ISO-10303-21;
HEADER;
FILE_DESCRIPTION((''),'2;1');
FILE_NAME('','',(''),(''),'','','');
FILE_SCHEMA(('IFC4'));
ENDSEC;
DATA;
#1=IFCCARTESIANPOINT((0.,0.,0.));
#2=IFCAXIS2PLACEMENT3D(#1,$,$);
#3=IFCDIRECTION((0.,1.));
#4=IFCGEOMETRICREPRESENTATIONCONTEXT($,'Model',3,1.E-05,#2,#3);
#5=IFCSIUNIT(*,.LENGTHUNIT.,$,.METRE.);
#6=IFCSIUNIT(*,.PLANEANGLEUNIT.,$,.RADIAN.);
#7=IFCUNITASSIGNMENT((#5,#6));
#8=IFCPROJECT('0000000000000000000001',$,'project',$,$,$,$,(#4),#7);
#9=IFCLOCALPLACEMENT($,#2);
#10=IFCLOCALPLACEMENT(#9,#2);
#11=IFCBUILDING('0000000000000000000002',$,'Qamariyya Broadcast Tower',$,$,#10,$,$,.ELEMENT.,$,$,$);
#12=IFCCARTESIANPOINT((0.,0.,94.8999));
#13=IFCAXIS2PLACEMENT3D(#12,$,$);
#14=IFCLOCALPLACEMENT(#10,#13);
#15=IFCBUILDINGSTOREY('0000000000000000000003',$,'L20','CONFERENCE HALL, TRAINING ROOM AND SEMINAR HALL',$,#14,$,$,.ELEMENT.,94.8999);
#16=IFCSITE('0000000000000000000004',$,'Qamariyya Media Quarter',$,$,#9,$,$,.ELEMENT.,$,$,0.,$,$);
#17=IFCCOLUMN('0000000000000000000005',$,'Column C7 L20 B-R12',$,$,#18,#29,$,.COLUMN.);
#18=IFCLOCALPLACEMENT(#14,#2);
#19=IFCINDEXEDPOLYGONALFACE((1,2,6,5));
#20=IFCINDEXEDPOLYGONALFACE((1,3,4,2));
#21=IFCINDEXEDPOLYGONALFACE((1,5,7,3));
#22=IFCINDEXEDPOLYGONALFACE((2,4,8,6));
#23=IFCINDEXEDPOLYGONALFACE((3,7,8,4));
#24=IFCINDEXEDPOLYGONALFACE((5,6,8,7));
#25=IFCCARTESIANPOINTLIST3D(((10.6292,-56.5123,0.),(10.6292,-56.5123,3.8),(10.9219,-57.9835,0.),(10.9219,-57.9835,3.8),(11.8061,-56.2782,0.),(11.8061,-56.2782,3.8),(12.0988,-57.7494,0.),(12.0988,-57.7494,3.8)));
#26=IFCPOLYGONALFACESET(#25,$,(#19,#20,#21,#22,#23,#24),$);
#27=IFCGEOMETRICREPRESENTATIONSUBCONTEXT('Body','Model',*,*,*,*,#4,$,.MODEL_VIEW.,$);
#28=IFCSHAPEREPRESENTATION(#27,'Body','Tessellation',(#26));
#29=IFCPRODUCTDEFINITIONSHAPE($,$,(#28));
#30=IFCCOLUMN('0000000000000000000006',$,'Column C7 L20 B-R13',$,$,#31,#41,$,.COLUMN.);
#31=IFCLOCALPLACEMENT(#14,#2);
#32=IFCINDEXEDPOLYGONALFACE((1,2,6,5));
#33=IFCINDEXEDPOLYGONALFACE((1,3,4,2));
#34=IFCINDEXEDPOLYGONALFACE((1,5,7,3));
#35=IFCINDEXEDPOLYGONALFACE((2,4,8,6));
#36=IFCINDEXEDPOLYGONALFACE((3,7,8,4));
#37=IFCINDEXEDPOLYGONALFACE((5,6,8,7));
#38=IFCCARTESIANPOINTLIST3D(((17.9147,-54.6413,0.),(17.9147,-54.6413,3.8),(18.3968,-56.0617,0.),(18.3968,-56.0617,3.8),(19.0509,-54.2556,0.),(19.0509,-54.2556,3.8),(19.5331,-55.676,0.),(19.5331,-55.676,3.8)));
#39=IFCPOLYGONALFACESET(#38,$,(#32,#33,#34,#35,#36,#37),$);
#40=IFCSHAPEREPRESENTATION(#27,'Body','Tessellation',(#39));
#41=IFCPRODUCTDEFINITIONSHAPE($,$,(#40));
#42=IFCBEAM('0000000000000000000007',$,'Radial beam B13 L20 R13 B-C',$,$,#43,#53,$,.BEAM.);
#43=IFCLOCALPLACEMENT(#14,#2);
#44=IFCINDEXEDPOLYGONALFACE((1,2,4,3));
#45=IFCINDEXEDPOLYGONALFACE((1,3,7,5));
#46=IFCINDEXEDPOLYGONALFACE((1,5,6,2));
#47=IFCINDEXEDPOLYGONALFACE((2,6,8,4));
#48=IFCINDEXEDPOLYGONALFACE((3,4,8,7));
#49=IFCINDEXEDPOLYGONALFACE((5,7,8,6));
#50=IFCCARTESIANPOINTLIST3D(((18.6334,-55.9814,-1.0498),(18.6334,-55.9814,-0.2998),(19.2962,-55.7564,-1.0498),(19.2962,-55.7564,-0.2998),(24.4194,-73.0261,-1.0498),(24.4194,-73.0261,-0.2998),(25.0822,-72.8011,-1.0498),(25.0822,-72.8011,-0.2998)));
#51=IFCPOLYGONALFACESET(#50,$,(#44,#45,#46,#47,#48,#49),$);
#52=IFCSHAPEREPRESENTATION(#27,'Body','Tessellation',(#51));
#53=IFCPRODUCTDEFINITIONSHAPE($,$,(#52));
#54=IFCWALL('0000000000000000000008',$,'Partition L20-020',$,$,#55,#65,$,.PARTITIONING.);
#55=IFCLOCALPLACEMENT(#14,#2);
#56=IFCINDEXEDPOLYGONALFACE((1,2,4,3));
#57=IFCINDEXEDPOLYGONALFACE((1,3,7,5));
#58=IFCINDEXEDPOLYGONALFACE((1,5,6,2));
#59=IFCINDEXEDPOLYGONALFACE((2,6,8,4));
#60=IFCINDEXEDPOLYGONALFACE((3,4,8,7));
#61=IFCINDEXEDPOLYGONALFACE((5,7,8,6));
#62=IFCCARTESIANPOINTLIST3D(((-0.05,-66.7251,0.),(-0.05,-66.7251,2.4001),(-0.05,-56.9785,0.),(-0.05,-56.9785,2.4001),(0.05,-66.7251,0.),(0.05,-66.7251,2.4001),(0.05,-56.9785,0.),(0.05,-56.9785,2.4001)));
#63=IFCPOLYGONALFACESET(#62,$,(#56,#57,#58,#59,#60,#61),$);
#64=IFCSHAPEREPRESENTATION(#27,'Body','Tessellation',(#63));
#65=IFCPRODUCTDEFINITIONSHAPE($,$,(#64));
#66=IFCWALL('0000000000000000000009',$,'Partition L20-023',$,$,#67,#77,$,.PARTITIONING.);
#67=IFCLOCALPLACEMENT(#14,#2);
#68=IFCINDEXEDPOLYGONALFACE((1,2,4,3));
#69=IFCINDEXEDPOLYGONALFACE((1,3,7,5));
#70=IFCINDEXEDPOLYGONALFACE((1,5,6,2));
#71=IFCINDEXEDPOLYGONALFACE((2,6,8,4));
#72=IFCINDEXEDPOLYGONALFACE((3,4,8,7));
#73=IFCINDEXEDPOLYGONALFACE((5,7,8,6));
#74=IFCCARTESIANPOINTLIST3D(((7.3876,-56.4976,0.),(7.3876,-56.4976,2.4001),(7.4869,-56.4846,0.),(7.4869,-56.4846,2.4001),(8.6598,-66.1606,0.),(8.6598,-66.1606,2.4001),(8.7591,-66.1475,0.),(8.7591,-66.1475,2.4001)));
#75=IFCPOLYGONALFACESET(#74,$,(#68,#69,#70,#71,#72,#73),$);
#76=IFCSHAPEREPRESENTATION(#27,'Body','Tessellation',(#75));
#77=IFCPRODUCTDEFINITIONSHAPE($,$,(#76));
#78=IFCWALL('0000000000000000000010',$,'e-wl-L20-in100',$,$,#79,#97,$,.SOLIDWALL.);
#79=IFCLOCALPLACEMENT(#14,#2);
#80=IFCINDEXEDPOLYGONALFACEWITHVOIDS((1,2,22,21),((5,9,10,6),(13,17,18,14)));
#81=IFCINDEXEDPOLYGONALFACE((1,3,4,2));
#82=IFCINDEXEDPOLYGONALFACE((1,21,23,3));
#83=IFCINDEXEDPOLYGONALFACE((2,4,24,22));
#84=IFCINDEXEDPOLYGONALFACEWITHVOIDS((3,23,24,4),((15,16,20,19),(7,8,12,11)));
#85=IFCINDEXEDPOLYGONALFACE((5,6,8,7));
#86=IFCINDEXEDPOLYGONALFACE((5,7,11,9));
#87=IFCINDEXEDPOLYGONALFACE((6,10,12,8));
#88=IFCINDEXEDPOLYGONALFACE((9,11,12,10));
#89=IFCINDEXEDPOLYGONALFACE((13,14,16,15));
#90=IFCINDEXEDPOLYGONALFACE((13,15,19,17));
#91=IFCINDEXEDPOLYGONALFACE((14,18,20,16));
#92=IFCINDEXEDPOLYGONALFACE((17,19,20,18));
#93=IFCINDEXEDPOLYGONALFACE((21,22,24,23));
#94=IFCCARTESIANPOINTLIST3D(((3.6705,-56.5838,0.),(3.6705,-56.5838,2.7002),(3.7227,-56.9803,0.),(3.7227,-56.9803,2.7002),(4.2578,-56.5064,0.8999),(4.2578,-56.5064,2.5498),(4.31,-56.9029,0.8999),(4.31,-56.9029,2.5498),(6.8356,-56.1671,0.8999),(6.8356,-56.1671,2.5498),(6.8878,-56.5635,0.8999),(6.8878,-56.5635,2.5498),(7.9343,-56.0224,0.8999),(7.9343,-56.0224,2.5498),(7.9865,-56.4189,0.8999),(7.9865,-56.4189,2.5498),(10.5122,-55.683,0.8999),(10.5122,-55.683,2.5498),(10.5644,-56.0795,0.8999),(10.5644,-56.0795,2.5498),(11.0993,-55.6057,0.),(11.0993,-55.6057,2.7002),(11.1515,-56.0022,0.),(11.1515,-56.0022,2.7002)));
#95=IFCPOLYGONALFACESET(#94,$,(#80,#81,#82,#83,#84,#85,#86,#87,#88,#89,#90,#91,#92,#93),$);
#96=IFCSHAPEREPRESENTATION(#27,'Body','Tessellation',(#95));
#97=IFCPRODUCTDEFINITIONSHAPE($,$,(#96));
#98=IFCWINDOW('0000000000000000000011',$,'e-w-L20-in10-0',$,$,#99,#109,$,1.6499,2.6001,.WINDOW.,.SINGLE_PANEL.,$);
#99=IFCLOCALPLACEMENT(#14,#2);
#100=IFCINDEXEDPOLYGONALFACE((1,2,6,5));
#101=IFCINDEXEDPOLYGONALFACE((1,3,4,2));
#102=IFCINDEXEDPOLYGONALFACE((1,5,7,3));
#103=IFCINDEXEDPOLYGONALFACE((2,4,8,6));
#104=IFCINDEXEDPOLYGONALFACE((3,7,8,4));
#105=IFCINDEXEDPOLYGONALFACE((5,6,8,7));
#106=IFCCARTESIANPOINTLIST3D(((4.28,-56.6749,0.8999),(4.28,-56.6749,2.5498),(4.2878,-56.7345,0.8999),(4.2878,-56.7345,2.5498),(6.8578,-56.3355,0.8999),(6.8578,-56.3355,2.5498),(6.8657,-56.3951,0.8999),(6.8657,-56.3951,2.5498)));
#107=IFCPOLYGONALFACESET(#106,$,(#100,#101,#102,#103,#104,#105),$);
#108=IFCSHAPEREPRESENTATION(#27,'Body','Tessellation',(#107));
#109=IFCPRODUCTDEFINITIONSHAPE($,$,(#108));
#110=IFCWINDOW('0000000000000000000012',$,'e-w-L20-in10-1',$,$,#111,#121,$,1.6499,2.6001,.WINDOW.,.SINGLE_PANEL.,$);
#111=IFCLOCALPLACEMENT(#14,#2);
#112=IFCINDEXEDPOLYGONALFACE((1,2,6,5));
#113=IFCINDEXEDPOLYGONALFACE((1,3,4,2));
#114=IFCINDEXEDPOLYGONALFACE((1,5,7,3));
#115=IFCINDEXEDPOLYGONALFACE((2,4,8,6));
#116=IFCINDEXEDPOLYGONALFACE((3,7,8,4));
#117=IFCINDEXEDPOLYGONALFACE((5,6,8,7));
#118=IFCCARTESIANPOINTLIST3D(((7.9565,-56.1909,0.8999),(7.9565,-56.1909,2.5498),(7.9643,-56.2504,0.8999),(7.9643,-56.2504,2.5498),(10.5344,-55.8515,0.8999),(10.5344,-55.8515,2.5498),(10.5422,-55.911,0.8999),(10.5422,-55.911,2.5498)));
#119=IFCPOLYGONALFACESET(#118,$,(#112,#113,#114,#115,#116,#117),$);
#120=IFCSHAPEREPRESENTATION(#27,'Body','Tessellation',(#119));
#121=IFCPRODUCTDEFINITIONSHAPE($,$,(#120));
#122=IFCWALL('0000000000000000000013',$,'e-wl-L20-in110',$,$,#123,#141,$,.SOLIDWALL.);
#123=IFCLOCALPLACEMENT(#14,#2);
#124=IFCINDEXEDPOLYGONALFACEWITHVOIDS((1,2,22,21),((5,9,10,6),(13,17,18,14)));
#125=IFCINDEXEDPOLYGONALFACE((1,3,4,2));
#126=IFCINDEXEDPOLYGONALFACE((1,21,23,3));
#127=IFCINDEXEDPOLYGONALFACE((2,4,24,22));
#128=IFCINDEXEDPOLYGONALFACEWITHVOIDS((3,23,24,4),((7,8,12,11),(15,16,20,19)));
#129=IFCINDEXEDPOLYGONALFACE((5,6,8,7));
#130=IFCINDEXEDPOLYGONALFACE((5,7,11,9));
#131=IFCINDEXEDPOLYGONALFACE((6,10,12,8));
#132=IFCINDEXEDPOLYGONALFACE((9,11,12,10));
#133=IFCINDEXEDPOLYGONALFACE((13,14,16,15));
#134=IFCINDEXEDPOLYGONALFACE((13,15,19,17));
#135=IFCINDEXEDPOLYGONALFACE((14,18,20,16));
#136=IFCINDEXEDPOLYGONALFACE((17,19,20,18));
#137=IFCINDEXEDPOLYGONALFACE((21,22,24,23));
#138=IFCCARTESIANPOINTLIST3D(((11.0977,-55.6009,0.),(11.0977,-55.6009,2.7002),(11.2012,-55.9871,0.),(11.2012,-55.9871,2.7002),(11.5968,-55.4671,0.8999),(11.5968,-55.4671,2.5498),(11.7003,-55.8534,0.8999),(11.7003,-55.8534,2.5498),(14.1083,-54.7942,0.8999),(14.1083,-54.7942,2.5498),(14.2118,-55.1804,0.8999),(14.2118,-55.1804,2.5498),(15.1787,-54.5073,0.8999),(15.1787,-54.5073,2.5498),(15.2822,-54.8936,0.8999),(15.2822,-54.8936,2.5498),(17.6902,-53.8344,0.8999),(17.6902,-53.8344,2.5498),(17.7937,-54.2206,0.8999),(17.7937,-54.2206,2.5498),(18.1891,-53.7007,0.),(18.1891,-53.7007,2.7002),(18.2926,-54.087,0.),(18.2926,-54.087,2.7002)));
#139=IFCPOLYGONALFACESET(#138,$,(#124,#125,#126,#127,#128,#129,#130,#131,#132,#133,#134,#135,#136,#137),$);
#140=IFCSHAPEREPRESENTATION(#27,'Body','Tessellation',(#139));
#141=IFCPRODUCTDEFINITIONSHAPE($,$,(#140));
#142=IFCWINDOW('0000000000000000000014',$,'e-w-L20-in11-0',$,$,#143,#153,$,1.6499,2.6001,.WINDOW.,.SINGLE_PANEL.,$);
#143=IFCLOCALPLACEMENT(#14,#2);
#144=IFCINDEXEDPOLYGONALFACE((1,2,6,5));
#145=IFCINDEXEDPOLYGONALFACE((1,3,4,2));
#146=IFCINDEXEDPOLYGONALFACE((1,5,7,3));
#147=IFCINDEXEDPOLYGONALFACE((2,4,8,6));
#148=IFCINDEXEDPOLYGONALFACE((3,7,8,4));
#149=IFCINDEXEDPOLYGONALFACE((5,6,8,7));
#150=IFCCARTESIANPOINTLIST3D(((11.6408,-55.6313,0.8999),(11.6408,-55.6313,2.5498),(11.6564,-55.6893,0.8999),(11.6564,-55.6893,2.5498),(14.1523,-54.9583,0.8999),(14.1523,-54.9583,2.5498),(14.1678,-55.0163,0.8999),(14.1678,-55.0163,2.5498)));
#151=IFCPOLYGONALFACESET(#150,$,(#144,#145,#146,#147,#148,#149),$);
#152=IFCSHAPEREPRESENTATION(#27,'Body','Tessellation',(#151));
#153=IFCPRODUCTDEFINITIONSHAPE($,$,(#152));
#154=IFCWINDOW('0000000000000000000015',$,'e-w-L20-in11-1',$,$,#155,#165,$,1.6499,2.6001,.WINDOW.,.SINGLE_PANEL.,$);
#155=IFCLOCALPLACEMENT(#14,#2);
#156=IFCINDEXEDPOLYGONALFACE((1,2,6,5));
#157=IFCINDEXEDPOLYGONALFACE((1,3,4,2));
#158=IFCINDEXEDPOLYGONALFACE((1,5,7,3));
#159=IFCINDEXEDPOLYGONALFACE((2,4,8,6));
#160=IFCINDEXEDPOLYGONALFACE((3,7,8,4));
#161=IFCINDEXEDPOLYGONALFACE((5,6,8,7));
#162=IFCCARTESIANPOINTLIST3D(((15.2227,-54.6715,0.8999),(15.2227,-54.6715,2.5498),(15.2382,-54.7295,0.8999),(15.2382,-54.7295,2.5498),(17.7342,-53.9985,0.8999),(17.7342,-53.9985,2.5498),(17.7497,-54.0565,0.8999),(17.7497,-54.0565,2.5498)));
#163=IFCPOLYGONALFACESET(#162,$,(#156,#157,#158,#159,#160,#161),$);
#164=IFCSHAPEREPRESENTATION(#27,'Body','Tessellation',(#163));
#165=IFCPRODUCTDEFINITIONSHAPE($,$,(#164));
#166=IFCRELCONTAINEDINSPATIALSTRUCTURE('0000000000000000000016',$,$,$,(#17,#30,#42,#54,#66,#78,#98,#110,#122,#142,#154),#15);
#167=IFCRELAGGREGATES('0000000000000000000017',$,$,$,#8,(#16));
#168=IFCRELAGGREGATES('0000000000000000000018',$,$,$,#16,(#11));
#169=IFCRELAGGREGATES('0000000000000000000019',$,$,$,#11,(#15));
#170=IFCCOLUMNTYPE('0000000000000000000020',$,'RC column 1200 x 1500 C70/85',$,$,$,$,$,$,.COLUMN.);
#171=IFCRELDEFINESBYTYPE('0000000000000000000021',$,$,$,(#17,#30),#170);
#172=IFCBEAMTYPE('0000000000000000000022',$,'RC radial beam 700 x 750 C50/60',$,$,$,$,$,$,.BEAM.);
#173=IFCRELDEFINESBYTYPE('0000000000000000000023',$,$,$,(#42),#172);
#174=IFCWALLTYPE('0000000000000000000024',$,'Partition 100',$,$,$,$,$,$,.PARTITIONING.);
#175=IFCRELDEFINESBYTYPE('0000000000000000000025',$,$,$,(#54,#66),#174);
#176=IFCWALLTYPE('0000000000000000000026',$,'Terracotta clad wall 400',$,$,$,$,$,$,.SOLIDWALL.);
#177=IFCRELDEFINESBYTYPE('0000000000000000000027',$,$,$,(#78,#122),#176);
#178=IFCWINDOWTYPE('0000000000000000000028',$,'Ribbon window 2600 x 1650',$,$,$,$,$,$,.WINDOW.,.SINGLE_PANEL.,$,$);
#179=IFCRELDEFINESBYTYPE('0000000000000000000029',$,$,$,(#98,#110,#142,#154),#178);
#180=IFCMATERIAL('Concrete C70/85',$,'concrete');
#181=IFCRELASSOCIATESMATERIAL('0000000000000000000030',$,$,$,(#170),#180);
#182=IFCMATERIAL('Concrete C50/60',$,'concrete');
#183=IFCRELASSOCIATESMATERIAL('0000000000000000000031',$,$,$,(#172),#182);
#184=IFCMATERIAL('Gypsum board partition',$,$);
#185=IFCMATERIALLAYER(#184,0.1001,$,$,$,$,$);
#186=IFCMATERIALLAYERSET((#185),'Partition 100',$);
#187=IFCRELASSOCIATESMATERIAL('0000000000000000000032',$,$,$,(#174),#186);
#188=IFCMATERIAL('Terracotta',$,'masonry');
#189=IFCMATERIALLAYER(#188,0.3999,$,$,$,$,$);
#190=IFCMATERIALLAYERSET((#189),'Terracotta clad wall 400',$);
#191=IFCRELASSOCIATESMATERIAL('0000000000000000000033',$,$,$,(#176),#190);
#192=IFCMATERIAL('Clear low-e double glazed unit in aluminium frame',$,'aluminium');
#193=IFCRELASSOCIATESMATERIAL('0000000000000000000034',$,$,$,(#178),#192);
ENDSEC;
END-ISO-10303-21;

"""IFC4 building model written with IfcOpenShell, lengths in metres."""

from ifc_helpers import new_model, si_unit, direction, frame, frame_2d, origin, origin_2d, place, context, subcontext, project, spatial, rectangle, extrude, material, layer, layer_set, material_profile, profile_set, type_object, element, fill, save


model = new_model("IFC4")

# Units and contexts
model_context = context("Model", 3, precision=1e-05, world=origin(), true_north=direction((0.0, 1.0)))
body_context = subcontext(model_context, "Body", "Model", "MODEL_VIEW")
ifc_project = project(units=[si_unit("LENGTHUNIT", "METRE"), si_unit("PLANEANGLEUNIT", "RADIAN")], contexts=[model_context])

# Site, building, storey
site_placement = place(None, origin())
site = spatial("IfcSite", under=ifc_project, at=site_placement, Name="Qamariyya Media Quarter", CompositionType="ELEMENT", RefElevation=0.0)
building_placement = place(site_placement, origin())
building = spatial("IfcBuilding", under=site, at=building_placement, Name="Qamariyya Broadcast Tower", CompositionType="ELEMENT")
storey_placement = place(building_placement, frame((0.0, 0.0, 94.8999)))
storey = spatial("IfcBuildingStorey", under=building, at=storey_placement, Name="L20", Description="CONFERENCE HALL, TRAINING ROOM AND SEMINAR HALL", CompositionType="ELEMENT", Elevation=94.8999)

# Columns
ifc_material_1 = material(Name="Concrete C70/85", Category="concrete")
ifc_material_profile_1 = material_profile(ifc_material_1, rectangle(XDim=1.2, YDim=1.5, at=origin_2d()))
ifc_profile_set_1 = profile_set([ifc_material_profile_1], Name="Concrete C70/85")
column_type = type_object("IfcColumnType", Name="RC column 1200 x 1500 C70/85", PredefinedType="COLUMN", material=ifc_profile_set_1)
for number, where, z_axis, x_axis, name in (
    (1, (11.364, -57.1309, 0.0), (0.0, 0.0, 1.0), (0.980785, 0.19509, 0.0), "Column C7 L20 B-R12"),
    (2, (18.7239, -55.1587, 0.0), (0.0, 0.0, 1.0), (0.94693, 0.321439, 0.0), "Column C7 L20 B-R13"),
):
    element("IfcColumn", number, at=place(storey_placement, frame(where, z_axis=z_axis, x_axis=x_axis)), inside=storey, type_object=column_type, Name=name, PredefinedType="COLUMN", context=body_context, shape_type="SweptSolid", body=[
        extrude(rectangle(XDim=1.2, YDim=1.5, at=origin_2d()), origin(), (0.0, 0.0, 1.0), 3.8),
    ])

# Beam
ifc_material_2 = material(Name="Concrete C50/60", Category="concrete")
ifc_material_profile_2 = material_profile(ifc_material_2, rectangle(XDim=0.7, YDim=0.75, at=origin_2d()))
ifc_profile_set_2 = profile_set([ifc_material_profile_2], Name="Concrete C50/60")
beam_type = type_object("IfcBeamType", Name="RC radial beam 700 x 750 C50/60", PredefinedType="BEAM", material=ifc_profile_set_2)
beam_placement = place(storey_placement, frame((18.9648, -55.8689, -0.6748), z_axis=(0.321439, -0.94693, 0.0), x_axis=(0.94693, 0.321439, 0.0)))
element("IfcBeam", 3, at=beam_placement, inside=storey, type_object=beam_type, Name="Radial beam B13 L20 R13 B-C", PredefinedType="BEAM", context=body_context, shape_type="SweptSolid", body=[
    extrude(rectangle(XDim=0.7, YDim=0.75, at=origin_2d()), origin(), (0.0, 0.0, 1.0), 18.0),
])

# Walls
ifc_material_3 = material(Name="Gypsum board partition")
ifc_layer_1 = layer(ifc_material_3, 0.1001)
ifc_layer_set_1 = layer_set([ifc_layer_1], Name="Partition 100")
wall_type_1 = type_object("IfcWallType", Name="Partition 100", PredefinedType="PARTITIONING", material=ifc_layer_set_1)
wall_1_placement = place(storey_placement, frame((0.0, -56.9785, 0.0), z_axis=(0.0, 0.0, 1.0), x_axis=(0.0, -1.0, 0.0)))
element("IfcWall", 4, at=wall_1_placement, inside=storey, type_object=wall_type_1, Name="Partition L20-020", PredefinedType="PARTITIONING", context=body_context, shape_type="SweptSolid", body=[
    extrude(rectangle(XDim=9.7466, YDim=0.1001, at=frame_2d((4.8733, 0.0))), origin(), (0.0, 0.0, 1.0), 2.4001),
])
wall_2_placement = place(storey_placement, frame((7.4373, -56.4912, 0.0), z_axis=(0.0, 0.0, 1.0), x_axis=(0.130534, -0.991444, 0.0)))
element("IfcWall", 5, at=wall_2_placement, inside=storey, type_object=wall_type_1, Name="Partition L20-023", PredefinedType="PARTITIONING", context=body_context, shape_type="SweptSolid", body=[
    extrude(rectangle(XDim=9.7463, YDim=0.1001, at=frame_2d((4.873, 0.0))), origin(), (0.0, 0.0, 1.0), 2.4001),
])

# Walls, openings, windows
ifc_material_4 = material(Name="Terracotta", Category="masonry")
ifc_layer_2 = layer(ifc_material_4, 0.3999)
ifc_layer_set_2 = layer_set([ifc_layer_2], Name="Terracotta clad wall 400")
wall_type_2 = type_object("IfcWallType", Name="Terracotta clad wall 400", PredefinedType="SOLIDWALL", material=ifc_layer_set_2)
wall_3_placement = place(storey_placement, frame((11.1255, -55.804, 0.0), z_axis=(0.0, 0.0, 1.0), x_axis=(-0.991445, -0.130529, 0.0)))
wall_3 = element("IfcWall", 6, at=wall_3_placement, inside=storey, type_object=wall_type_2, Name="e-wl-L20-in100", PredefinedType="SOLIDWALL", context=body_context, shape_type="SweptSolid", body=[
    extrude(rectangle(XDim=7.4929, YDim=0.3999, at=frame_2d((3.7466, 0.0))), origin(), (0.0, 0.0, 1.0), 2.7002),
])
opening_1_placement = place(wall_3_placement, frame((4.3005, 0.0, 0.8999)))
opening_1 = element("IfcOpeningElement", 7, at=opening_1_placement, cuts=wall_3, PredefinedType="OPENING", context=body_context, shape_type="SweptSolid", body=[
    extrude(rectangle(XDim=2.6001, YDim=1.6499, at=frame_2d((1.3, 0.825))), frame((0.0, 0.21, 0.0), z_axis=(0.0, -1.0, 0.0), x_axis=(1.0, 0.0, 0.0)), (0.0, 0.0, 1.0), 0.4199),
])
opening_2_placement = place(wall_3_placement, frame((0.5923, 0.0, 0.8999)))
opening_2 = element("IfcOpeningElement", 8, at=opening_2_placement, cuts=wall_3, PredefinedType="OPENING", context=body_context, shape_type="SweptSolid", body=[
    extrude(rectangle(XDim=2.6001, YDim=1.6499, at=frame_2d((1.3, 0.825))), frame((0.0, 0.21, 0.0), z_axis=(0.0, -1.0, 0.0), x_axis=(1.0, 0.0, 0.0)), (0.0, 0.0, 1.0), 0.4199),
])
ifc_material_5 = material(Name="Clear low-e double glazed unit in aluminium frame", Category="aluminium")
window_type = type_object("IfcWindowType", Name="Ribbon window 2600 x 1650", PartitioningType="SINGLE_PANEL", PredefinedType="WINDOW", material=ifc_material_5)
window_1_placement = place(opening_1_placement, origin())
window_1 = element("IfcWindow", 9, at=window_1_placement, inside=storey, type_object=window_type, Name="e-w-L20-in10-0", OverallHeight=1.6499, OverallWidth=2.6001, PartitioningType="SINGLE_PANEL", PredefinedType="WINDOW", context=body_context, shape_type="SweptSolid", body=[
    extrude(rectangle(XDim=2.6001, YDim=1.6499, at=frame_2d((1.3, 0.825))), frame((0.0, 0.03, 0.0), z_axis=(0.0, -1.0, 0.0), x_axis=(1.0, 0.0, 0.0)), (0.0, 0.0, 1.0), 0.0601),
])
fill(opening_1, window_1)
window_2_placement = place(opening_2_placement, origin())
window_2 = element("IfcWindow", 10, at=window_2_placement, inside=storey, type_object=window_type, Name="e-w-L20-in10-1", OverallHeight=1.6499, OverallWidth=2.6001, PartitioningType="SINGLE_PANEL", PredefinedType="WINDOW", context=body_context, shape_type="SweptSolid", body=[
    extrude(rectangle(XDim=2.6001, YDim=1.6499, at=frame_2d((1.3, 0.825))), frame((0.0, 0.03, 0.0), z_axis=(0.0, -1.0, 0.0), x_axis=(1.0, 0.0, 0.0)), (0.0, 0.0, 1.0), 0.0601),
])
fill(opening_2, window_2)
wall_4_placement = place(storey_placement, frame((18.241, -53.8938, 0.0), z_axis=(0.0, 0.0, 1.0), x_axis=(-0.965925, -0.258824, 0.0)))
wall_4 = element("IfcWall", 11, at=wall_4_placement, inside=storey, type_object=wall_type_2, Name="e-wl-L20-in110", PredefinedType="SOLIDWALL", context=body_context, shape_type="SweptSolid", body=[
    extrude(rectangle(XDim=7.3416, YDim=0.3999, at=frame_2d((3.6709, 0.0))), origin(), (0.0, 0.0, 1.0), 2.7002),
])
opening_3_placement = place(wall_4_placement, frame((4.2249, 0.0, 0.8999)))
opening_3 = element("IfcOpeningElement", 12, at=opening_3_placement, cuts=wall_4, PredefinedType="OPENING", context=body_context, shape_type="SweptSolid", body=[
    extrude(rectangle(XDim=2.6001, YDim=1.6499, at=frame_2d((1.3, 0.825))), frame((0.0, 0.21, 0.0), z_axis=(0.0, -1.0, 0.0), x_axis=(1.0, 0.0, 0.0)), (0.0, 0.0, 1.0), 0.4199),
])
opening_4_placement = place(wall_4_placement, frame((0.5166, 0.0, 0.8999)))
opening_4 = element("IfcOpeningElement", 13, at=opening_4_placement, cuts=wall_4, PredefinedType="OPENING", context=body_context, shape_type="SweptSolid", body=[
    extrude(rectangle(XDim=2.6001, YDim=1.6499, at=frame_2d((1.3, 0.825))), frame((0.0, 0.21, 0.0), z_axis=(0.0, -1.0, 0.0), x_axis=(1.0, 0.0, 0.0)), (0.0, 0.0, 1.0), 0.4199),
])
window_3_placement = place(opening_3_placement, origin())
window_3 = element("IfcWindow", 14, at=window_3_placement, inside=storey, type_object=window_type, Name="e-w-L20-in11-0", OverallHeight=1.6499, OverallWidth=2.6001, PartitioningType="SINGLE_PANEL", PredefinedType="WINDOW", context=body_context, shape_type="SweptSolid", body=[
    extrude(rectangle(XDim=2.6001, YDim=1.6499, at=frame_2d((1.3, 0.825))), frame((0.0, 0.03, 0.0), z_axis=(0.0, -1.0, 0.0), x_axis=(1.0, 0.0, 0.0)), (0.0, 0.0, 1.0), 0.0601),
])
fill(opening_3, window_3)
window_4_placement = place(opening_4_placement, origin())
window_4 = element("IfcWindow", 15, at=window_4_placement, inside=storey, type_object=window_type, Name="e-w-L20-in11-1", OverallHeight=1.6499, OverallWidth=2.6001, PartitioningType="SINGLE_PANEL", PredefinedType="WINDOW", context=body_context, shape_type="SweptSolid", body=[
    extrude(rectangle(XDim=2.6001, YDim=1.6499, at=frame_2d((1.3, 0.825))), frame((0.0, 0.03, 0.0), z_axis=(0.0, -1.0, 0.0), x_axis=(1.0, 0.0, 0.0)), (0.0, 0.0, 1.0), 0.0601),
])
fill(opening_4, window_4)

save(model, "model.ifc")
